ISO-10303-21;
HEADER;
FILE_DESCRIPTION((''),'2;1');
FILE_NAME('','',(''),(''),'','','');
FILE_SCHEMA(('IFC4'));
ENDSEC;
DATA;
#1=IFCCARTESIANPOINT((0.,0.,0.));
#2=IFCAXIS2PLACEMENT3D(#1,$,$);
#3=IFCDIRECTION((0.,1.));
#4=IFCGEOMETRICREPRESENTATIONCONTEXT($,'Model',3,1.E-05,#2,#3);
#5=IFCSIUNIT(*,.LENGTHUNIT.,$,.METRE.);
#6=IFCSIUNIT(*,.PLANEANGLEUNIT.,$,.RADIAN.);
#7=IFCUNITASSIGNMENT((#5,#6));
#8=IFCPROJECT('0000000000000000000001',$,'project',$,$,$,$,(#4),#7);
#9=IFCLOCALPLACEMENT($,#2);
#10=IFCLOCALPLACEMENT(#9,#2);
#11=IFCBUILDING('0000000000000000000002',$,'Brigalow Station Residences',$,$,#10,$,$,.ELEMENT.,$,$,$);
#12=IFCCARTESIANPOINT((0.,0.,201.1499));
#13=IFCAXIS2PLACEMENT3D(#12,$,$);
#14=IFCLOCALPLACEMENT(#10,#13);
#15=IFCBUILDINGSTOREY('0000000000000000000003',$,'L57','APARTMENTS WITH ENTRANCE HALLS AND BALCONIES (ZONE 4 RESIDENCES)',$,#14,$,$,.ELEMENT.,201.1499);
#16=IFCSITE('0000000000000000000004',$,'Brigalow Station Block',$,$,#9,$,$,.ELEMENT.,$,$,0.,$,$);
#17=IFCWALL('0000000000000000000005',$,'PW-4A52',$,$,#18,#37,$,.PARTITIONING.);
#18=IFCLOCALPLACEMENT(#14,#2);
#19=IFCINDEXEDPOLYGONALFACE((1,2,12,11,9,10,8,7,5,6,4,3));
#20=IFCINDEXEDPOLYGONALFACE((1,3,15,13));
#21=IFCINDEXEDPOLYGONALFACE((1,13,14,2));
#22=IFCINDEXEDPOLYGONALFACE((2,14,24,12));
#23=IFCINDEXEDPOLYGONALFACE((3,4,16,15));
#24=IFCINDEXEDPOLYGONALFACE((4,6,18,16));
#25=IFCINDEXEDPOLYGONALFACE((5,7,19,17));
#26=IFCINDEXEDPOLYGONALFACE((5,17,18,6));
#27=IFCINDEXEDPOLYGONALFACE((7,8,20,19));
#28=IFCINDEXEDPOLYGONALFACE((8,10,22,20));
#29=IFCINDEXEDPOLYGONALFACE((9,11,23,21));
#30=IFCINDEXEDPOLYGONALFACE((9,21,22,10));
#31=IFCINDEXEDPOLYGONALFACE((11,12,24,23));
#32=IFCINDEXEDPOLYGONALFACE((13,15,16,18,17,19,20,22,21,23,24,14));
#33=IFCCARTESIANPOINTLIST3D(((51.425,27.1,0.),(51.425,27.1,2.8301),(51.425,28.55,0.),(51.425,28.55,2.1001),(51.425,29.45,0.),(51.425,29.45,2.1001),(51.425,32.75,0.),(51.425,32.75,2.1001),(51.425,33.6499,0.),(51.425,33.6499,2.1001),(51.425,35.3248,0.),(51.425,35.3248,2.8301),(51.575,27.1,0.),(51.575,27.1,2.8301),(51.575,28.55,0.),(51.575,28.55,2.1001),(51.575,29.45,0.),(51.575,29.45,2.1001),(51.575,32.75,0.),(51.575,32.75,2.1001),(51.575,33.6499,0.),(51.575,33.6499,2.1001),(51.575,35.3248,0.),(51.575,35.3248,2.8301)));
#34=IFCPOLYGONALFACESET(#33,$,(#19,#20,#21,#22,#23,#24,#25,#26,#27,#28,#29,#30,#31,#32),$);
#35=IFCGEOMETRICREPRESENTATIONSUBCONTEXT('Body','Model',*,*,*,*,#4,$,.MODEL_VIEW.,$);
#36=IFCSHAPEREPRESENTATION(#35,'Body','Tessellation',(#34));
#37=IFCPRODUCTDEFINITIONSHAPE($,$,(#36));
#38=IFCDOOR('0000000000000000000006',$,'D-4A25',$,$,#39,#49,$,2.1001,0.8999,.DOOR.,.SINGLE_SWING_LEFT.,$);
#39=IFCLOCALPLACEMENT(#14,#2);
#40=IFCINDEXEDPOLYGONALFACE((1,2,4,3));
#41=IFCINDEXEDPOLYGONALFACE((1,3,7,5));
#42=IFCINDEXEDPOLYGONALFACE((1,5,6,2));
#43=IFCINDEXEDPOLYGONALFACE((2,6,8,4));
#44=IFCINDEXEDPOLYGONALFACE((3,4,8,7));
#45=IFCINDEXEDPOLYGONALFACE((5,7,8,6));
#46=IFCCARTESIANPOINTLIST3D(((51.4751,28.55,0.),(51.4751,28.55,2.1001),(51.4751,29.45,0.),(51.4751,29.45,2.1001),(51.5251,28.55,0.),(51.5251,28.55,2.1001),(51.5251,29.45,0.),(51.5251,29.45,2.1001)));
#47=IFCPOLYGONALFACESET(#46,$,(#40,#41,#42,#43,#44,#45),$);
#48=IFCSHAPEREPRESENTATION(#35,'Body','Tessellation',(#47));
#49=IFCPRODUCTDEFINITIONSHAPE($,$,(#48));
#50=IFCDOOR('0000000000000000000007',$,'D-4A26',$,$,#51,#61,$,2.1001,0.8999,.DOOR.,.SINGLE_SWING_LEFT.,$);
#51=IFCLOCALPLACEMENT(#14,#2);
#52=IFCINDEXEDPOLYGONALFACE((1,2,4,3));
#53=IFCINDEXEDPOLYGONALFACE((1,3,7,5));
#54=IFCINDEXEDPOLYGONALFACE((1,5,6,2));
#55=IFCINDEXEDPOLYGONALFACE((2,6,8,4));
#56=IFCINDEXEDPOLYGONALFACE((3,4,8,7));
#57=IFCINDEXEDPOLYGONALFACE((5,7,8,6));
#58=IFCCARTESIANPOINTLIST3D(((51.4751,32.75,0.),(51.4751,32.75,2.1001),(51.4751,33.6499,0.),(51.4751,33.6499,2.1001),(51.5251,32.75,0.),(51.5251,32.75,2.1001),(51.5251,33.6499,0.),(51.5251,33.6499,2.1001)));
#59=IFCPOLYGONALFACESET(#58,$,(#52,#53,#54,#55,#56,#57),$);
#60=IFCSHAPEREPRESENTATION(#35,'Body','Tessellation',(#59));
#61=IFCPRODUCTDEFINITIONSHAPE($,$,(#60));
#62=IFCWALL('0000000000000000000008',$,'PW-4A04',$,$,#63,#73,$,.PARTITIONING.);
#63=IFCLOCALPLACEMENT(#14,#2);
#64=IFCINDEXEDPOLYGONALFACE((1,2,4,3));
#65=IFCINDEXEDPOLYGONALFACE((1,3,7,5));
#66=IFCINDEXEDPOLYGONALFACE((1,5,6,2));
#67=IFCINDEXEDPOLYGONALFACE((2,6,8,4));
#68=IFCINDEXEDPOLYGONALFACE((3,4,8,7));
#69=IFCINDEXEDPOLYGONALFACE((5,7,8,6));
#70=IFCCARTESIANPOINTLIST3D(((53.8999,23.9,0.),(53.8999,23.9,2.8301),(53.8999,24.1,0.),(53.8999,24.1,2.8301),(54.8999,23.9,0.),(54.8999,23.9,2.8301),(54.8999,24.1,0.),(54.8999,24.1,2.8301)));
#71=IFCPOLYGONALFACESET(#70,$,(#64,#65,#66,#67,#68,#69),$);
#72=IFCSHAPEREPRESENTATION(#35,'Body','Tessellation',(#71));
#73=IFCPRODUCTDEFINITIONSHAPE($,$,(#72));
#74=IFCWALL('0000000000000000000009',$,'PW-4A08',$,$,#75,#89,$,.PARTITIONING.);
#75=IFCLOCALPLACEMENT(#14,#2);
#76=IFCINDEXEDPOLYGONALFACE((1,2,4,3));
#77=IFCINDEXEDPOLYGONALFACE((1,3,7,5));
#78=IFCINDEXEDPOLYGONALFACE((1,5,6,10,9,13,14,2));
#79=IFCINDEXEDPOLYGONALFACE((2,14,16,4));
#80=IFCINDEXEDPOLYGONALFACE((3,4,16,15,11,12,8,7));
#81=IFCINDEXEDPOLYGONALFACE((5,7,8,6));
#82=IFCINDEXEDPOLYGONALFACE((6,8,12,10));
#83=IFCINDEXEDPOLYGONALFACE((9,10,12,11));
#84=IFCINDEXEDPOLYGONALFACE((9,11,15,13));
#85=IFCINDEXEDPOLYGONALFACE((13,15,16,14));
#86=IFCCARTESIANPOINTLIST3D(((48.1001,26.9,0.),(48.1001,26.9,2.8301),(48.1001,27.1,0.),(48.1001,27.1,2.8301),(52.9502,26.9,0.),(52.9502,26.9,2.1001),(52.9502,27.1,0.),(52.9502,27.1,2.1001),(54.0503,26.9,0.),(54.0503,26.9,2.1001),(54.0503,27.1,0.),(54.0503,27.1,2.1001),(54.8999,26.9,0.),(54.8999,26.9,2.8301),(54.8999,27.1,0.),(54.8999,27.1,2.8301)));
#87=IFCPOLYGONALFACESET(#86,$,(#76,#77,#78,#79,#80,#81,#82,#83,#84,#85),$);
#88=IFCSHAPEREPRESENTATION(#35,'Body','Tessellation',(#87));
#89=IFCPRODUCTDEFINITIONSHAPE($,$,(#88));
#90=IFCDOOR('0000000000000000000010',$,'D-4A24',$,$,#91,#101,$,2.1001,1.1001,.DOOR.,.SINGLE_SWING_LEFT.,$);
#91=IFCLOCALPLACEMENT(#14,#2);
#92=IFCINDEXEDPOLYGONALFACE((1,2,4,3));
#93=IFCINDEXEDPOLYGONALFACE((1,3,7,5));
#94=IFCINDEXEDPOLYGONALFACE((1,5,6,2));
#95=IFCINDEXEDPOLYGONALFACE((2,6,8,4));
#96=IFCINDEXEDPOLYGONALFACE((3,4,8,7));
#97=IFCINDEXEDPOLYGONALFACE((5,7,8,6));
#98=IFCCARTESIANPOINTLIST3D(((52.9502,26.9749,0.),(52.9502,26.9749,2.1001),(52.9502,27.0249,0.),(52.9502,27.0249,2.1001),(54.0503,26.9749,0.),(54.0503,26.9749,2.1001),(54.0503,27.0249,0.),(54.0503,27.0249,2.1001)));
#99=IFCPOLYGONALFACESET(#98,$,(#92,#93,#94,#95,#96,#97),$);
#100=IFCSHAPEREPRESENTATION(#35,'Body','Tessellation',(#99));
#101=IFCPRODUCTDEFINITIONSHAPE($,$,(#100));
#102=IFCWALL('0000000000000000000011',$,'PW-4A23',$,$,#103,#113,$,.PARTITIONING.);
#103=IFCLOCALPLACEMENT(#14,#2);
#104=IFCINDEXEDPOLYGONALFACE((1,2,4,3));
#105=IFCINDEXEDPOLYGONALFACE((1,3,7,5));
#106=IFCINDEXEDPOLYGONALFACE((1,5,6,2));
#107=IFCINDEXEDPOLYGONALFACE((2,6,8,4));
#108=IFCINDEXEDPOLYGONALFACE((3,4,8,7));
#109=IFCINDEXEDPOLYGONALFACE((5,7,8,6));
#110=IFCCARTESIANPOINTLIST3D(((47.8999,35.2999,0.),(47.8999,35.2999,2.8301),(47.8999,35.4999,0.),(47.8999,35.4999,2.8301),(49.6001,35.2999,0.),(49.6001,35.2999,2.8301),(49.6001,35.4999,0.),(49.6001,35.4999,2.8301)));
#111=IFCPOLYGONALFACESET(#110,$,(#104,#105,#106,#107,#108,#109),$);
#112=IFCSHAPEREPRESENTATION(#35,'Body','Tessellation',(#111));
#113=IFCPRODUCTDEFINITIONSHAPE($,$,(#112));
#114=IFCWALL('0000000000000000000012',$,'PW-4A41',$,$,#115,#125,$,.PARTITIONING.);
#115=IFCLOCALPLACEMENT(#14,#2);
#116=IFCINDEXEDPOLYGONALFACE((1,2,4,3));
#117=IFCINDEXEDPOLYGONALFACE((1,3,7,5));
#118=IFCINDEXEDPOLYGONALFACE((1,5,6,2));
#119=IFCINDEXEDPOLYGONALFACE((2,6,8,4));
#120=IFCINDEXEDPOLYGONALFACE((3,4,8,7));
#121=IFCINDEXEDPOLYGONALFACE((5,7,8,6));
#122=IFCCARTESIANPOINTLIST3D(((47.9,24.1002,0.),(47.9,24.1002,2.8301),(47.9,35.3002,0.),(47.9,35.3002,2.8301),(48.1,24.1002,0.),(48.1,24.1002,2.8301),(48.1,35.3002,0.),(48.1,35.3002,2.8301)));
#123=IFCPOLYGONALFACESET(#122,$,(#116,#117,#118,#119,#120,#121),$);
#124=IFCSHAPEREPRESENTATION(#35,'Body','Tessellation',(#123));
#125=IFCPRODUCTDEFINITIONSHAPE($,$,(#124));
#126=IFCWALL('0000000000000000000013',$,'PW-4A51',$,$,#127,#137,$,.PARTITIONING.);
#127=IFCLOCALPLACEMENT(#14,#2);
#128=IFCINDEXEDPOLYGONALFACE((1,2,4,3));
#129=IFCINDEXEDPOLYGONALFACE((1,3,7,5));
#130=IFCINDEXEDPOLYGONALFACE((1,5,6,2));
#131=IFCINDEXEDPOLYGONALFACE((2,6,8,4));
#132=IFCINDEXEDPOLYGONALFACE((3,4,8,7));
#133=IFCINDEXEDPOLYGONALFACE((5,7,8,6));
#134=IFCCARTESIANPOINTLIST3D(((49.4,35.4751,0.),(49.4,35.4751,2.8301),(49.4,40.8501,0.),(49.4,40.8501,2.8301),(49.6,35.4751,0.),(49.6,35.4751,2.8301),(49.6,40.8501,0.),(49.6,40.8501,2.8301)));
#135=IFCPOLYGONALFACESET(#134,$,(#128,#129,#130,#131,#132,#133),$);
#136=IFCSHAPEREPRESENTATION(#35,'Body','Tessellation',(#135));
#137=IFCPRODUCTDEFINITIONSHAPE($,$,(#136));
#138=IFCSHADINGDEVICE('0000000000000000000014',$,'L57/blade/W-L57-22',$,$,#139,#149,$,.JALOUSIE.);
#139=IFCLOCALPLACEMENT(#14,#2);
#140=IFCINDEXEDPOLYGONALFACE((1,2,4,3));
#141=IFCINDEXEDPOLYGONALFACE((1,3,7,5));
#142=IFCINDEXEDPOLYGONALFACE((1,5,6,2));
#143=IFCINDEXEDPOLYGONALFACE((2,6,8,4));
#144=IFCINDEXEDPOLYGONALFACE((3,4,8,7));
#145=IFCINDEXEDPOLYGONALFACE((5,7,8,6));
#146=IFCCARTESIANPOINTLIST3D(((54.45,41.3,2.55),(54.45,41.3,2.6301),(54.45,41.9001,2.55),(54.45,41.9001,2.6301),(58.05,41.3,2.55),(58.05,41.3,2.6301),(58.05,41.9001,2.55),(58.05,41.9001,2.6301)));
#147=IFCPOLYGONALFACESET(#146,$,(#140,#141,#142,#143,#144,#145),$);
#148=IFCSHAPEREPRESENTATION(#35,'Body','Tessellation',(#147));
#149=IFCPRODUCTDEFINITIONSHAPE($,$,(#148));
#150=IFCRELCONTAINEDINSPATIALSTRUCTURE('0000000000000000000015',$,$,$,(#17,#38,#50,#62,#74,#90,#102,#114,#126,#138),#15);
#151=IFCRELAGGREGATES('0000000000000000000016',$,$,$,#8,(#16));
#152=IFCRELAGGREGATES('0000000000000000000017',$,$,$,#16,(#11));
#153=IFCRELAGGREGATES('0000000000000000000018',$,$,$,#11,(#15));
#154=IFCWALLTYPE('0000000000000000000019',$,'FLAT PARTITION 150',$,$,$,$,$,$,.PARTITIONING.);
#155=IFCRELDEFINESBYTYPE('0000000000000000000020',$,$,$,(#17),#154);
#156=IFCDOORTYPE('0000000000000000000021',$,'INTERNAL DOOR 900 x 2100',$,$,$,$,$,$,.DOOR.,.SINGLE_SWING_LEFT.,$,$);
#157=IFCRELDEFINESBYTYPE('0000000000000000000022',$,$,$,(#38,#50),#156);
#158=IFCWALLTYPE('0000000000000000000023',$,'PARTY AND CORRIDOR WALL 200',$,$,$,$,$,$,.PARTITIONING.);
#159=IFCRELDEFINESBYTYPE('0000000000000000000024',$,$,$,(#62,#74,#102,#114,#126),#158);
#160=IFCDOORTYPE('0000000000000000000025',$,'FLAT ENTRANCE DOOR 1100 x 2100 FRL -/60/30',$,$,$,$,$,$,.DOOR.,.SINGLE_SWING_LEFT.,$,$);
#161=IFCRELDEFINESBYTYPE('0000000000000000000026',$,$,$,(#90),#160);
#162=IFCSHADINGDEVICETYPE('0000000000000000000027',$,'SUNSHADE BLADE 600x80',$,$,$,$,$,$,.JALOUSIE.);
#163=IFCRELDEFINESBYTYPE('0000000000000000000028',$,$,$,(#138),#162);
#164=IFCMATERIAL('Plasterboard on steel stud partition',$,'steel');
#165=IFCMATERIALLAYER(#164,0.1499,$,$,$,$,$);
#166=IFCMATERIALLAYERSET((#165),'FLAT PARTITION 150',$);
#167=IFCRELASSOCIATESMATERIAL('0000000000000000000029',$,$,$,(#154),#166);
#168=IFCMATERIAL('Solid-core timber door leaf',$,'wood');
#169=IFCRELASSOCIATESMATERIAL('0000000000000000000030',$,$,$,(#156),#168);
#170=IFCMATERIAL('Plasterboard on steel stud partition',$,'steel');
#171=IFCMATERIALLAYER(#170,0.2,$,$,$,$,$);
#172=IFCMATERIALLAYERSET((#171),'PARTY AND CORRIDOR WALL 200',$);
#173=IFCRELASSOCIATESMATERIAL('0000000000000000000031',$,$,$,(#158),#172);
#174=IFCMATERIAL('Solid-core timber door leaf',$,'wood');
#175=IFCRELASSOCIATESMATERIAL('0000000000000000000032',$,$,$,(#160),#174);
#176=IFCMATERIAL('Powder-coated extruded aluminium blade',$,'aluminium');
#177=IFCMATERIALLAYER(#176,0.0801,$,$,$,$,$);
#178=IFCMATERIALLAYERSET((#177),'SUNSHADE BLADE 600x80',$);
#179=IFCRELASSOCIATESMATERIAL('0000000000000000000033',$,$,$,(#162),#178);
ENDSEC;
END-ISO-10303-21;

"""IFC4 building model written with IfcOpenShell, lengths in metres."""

from ifc_helpers import new_model, si_unit, direction, frame, frame_2d, origin, origin_2d, place, context, subcontext, project, spatial, rectangle, extrude, material, layer, layer_set, type_object, element, fill, save


model = new_model("IFC4")

# Units and contexts
model_context = context("Model", 3, precision=1e-05, world=origin(), true_north=direction((0.0, 1.0)))
body_context = subcontext(model_context, "Body", "Model", "MODEL_VIEW")
ifc_project = project(units=[si_unit("LENGTHUNIT", "METRE"), si_unit("PLANEANGLEUNIT", "RADIAN")], contexts=[model_context])

# Site, building, storey
site_placement = place(None, origin())
site = spatial("IfcSite", under=ifc_project, at=site_placement, Name="Brigalow Station Block", CompositionType="ELEMENT", RefElevation=0.0)
building_placement = place(site_placement, origin())
building = spatial("IfcBuilding", under=site, at=building_placement, Name="Brigalow Station Residences", CompositionType="ELEMENT")
storey_placement = place(building_placement, frame((0.0, 0.0, 201.1499)))
storey = spatial("IfcBuildingStorey", under=building, at=storey_placement, Name="L57", Description="APARTMENTS WITH ENTRANCE HALLS AND BALCONIES (ZONE 4 RESIDENCES)", CompositionType="ELEMENT", Elevation=201.1499)

# Shared definitions
ifc_material_1 = material(Name="Plasterboard on steel stud partition", Category="steel")
ifc_layer_1 = layer(ifc_material_1, 0.1499)
ifc_layer_set_1 = layer_set([ifc_layer_1], Name="FLAT PARTITION 150")
wall_type_1 = type_object("IfcWallType", Name="FLAT PARTITION 150", PredefinedType="PARTITIONING", material=ifc_layer_set_1)
ifc_material_2 = material(Name="Solid-core timber door leaf", Category="wood")
door_type_1 = type_object("IfcDoorType", Name="INTERNAL DOOR 900 x 2100", OperationType="SINGLE_SWING_LEFT", PredefinedType="DOOR", material=ifc_material_2)

# Wall, openings, doors
wall_1_placement = place(storey_placement, frame((51.5, 27.1001, 0.0), z_axis=(0.0, 0.0, 1.0), x_axis=(0.0, 1.0, 0.0)))
wall_1 = element("IfcWall", 1, at=wall_1_placement, inside=storey, type_object=wall_type_1, Name="PW-4A52", PredefinedType="PARTITIONING", context=body_context, shape_type="SweptSolid", body=[
    extrude(rectangle(XDim=8.2249, YDim=0.1499, at=frame_2d((4.1123, 0.0))), origin(), (0.0, 0.0, 1.0), 2.8301),
])
opening_1_placement = place(wall_1_placement, frame((1.45, 0.0, 0.0)))
opening_1 = element("IfcOpeningElement", 2, at=opening_1_placement, cuts=wall_1, PredefinedType="OPENING", context=body_context, shape_type="SweptSolid", body=[
    extrude(rectangle(XDim=0.8999, YDim=2.1001, at=frame_2d((0.45, 1.05))), frame((0.0, 0.085, 0.0), z_axis=(0.0, -1.0, 0.0), x_axis=(1.0, 0.0, 0.0)), (0.0, 0.0, 1.0), 0.1699),
])
opening_2_placement = place(wall_1_placement, frame((5.6499, 0.0, 0.0)))
opening_2 = element("IfcOpeningElement", 3, at=opening_2_placement, cuts=wall_1, PredefinedType="OPENING", context=body_context, shape_type="SweptSolid", body=[
    extrude(rectangle(XDim=0.8999, YDim=2.1001, at=frame_2d((0.45, 1.05))), frame((0.0, 0.085, 0.0), z_axis=(0.0, -1.0, 0.0), x_axis=(1.0, 0.0, 0.0)), (0.0, 0.0, 1.0), 0.1699),
])
door_1_placement = place(opening_1_placement, origin())
door_1 = element("IfcDoor", 4, at=door_1_placement, inside=storey, type_object=door_type_1, Name="D-4A25", OperationType="SINGLE_SWING_LEFT", OverallHeight=2.1001, OverallWidth=0.8999, PredefinedType="DOOR", context=body_context, shape_type="SweptSolid", body=[
    extrude(rectangle(XDim=0.8999, YDim=2.1001, at=frame_2d((0.45, 1.05))), frame((0.0, 0.0249, 0.0), z_axis=(0.0, -1.0, 0.0), x_axis=(1.0, 0.0, 0.0)), (0.0, 0.0, 1.0), 0.05),
])
fill(opening_1, door_1)
door_2_placement = place(opening_2_placement, origin())
door_2 = element("IfcDoor", 5, at=door_2_placement, inside=storey, type_object=door_type_1, Name="D-4A26", OperationType="SINGLE_SWING_LEFT", OverallHeight=2.1001, OverallWidth=0.8999, PredefinedType="DOOR", context=body_context, shape_type="SweptSolid", body=[
    extrude(rectangle(XDim=0.8999, YDim=2.1001, at=frame_2d((0.45, 1.05))), frame((0.0, 0.0249, 0.0), z_axis=(0.0, -1.0, 0.0), x_axis=(1.0, 0.0, 0.0)), (0.0, 0.0, 1.0), 0.05),
])
fill(opening_2, door_2)

# Wall
ifc_material_3 = material(Name="Plasterboard on steel stud partition", Category="steel")
ifc_layer_2 = layer(ifc_material_3, 0.2)
ifc_layer_set_2 = layer_set([ifc_layer_2], Name="PARTY AND CORRIDOR WALL 200")
wall_type_2 = type_object("IfcWallType", Name="PARTY AND CORRIDOR WALL 200", PredefinedType="PARTITIONING", material=ifc_layer_set_2)
wall_2_placement = place(storey_placement, frame((53.8999, 24.0, 0.0), z_axis=(0.0, 0.0, 1.0), x_axis=(1.0, 0.0, 0.0)))
element("IfcWall", 6, at=wall_2_placement, inside=storey, type_object=wall_type_2, Name="PW-4A04", PredefinedType="PARTITIONING", context=body_context, shape_type="SweptSolid", body=[
    extrude(rectangle(XDim=1.0, YDim=0.2, at=frame_2d((0.5, 0.0))), origin(), (0.0, 0.0, 1.0), 2.8301),
])

# Wall, opening, door
wall_3_placement = place(storey_placement, frame((48.1001, 27.0, 0.0), z_axis=(0.0, 0.0, 1.0), x_axis=(1.0, 0.0, 0.0)))
wall_3 = element("IfcWall", 7, at=wall_3_placement, inside=storey, type_object=wall_type_2, Name="PW-4A08", PredefinedType="PARTITIONING", context=body_context, shape_type="SweptSolid", body=[
    extrude(rectangle(XDim=6.7998, YDim=0.2, at=frame_2d((3.3999, 0.0))), origin(), (0.0, 0.0, 1.0), 2.8301),
])
opening_3_placement = place(wall_3_placement, frame((4.8501, 0.0, 0.0)))
opening_3 = element("IfcOpeningElement", 8, at=opening_3_placement, cuts=wall_3, PredefinedType="OPENING", context=body_context, shape_type="SweptSolid", body=[
    extrude(rectangle(XDim=1.1001, YDim=2.1001, at=frame_2d((0.55, 1.05))), frame((0.0, 0.1099, 0.0), z_axis=(0.0, -1.0, 0.0), x_axis=(1.0, 0.0, 0.0)), (0.0, 0.0, 1.0), 0.22),
])
ifc_material_4 = material(Name="Solid-core timber door leaf", Category="wood")
door_type_2 = type_object("IfcDoorType", Name="FLAT ENTRANCE DOOR 1100 x 2100 FRL -/60/30", OperationType="SINGLE_SWING_LEFT", PredefinedType="DOOR", material=ifc_material_4)
door_3_placement = place(opening_3_placement, origin())
door_3 = element("IfcDoor", 9, at=door_3_placement, inside=storey, type_object=door_type_2, Name="D-4A24", OperationType="SINGLE_SWING_LEFT", OverallHeight=2.1001, OverallWidth=1.1001, PredefinedType="DOOR", context=body_context, shape_type="SweptSolid", body=[
    extrude(rectangle(XDim=1.1001, YDim=2.1001, at=frame_2d((0.55, 1.05))), frame((0.0, 0.0249, 0.0), z_axis=(0.0, -1.0, 0.0), x_axis=(1.0, 0.0, 0.0)), (0.0, 0.0, 1.0), 0.05),
])
fill(opening_3, door_3)

# Walls
wall_4_placement = place(storey_placement, frame((47.8999, 35.3999, 0.0), z_axis=(0.0, 0.0, 1.0), x_axis=(1.0, 0.0, 0.0)))
element("IfcWall", 10, at=wall_4_placement, inside=storey, type_object=wall_type_2, Name="PW-4A23", PredefinedType="PARTITIONING", context=body_context, shape_type="SweptSolid", body=[
    extrude(rectangle(XDim=1.7002, YDim=0.2, at=frame_2d((0.8501, 0.0))), origin(), (0.0, 0.0, 1.0), 2.8301),
])
wall_5_placement = place(storey_placement, frame((48.0, 24.1001, 0.0), z_axis=(0.0, 0.0, 1.0), x_axis=(0.0, 1.0, 0.0)))
element("IfcWall", 11, at=wall_5_placement, inside=storey, type_object=wall_type_2, Name="PW-4A41", PredefinedType="PARTITIONING", context=body_context, shape_type="SweptSolid", body=[
    extrude(rectangle(XDim=11.2, YDim=0.2, at=frame_2d((5.6001, 0.0))), origin(), (0.0, 0.0, 1.0), 2.8301),
])
wall_6_placement = place(storey_placement, frame((49.5, 35.4751, 0.0), z_axis=(0.0, 0.0, 1.0), x_axis=(0.0, 1.0, 0.0)))
element("IfcWall", 12, at=wall_6_placement, inside=storey, type_object=wall_type_2, Name="PW-4A51", PredefinedType="PARTITIONING", context=body_context, shape_type="SweptSolid", body=[
    extrude(rectangle(XDim=5.375, YDim=0.2, at=frame_2d((2.6875, 0.0))), origin(), (0.0, 0.0, 1.0), 2.8301),
])

# Shading device
ifc_material_5 = material(Name="Powder-coated extruded aluminium blade", Category="aluminium")
ifc_layer_3 = layer(ifc_material_5, 0.0801)
ifc_layer_set_3 = layer_set([ifc_layer_3], Name="SUNSHADE BLADE 600x80")
shading_device_type = type_object("IfcShadingDeviceType", Name="SUNSHADE BLADE 600x80", PredefinedType="JALOUSIE", material=ifc_layer_set_3)
shading_device_placement = place(storey_placement, frame((56.25, 41.6001, 2.55), z_axis=(0.0, 0.0, 1.0), x_axis=(-1.0, 0.0, 0.0)))
element("IfcShadingDevice", 13, at=shading_device_placement, inside=storey, type_object=shading_device_type, Name="L57/blade/W-L57-22", PredefinedType="JALOUSIE", context=body_context, shape_type="SweptSolid", body=[
    extrude(rectangle(XDim=3.6001, YDim=0.6001, at=origin_2d()), origin(), (0.0, 0.0, 1.0), 0.0801),
])

save(model, "model.ifc")
